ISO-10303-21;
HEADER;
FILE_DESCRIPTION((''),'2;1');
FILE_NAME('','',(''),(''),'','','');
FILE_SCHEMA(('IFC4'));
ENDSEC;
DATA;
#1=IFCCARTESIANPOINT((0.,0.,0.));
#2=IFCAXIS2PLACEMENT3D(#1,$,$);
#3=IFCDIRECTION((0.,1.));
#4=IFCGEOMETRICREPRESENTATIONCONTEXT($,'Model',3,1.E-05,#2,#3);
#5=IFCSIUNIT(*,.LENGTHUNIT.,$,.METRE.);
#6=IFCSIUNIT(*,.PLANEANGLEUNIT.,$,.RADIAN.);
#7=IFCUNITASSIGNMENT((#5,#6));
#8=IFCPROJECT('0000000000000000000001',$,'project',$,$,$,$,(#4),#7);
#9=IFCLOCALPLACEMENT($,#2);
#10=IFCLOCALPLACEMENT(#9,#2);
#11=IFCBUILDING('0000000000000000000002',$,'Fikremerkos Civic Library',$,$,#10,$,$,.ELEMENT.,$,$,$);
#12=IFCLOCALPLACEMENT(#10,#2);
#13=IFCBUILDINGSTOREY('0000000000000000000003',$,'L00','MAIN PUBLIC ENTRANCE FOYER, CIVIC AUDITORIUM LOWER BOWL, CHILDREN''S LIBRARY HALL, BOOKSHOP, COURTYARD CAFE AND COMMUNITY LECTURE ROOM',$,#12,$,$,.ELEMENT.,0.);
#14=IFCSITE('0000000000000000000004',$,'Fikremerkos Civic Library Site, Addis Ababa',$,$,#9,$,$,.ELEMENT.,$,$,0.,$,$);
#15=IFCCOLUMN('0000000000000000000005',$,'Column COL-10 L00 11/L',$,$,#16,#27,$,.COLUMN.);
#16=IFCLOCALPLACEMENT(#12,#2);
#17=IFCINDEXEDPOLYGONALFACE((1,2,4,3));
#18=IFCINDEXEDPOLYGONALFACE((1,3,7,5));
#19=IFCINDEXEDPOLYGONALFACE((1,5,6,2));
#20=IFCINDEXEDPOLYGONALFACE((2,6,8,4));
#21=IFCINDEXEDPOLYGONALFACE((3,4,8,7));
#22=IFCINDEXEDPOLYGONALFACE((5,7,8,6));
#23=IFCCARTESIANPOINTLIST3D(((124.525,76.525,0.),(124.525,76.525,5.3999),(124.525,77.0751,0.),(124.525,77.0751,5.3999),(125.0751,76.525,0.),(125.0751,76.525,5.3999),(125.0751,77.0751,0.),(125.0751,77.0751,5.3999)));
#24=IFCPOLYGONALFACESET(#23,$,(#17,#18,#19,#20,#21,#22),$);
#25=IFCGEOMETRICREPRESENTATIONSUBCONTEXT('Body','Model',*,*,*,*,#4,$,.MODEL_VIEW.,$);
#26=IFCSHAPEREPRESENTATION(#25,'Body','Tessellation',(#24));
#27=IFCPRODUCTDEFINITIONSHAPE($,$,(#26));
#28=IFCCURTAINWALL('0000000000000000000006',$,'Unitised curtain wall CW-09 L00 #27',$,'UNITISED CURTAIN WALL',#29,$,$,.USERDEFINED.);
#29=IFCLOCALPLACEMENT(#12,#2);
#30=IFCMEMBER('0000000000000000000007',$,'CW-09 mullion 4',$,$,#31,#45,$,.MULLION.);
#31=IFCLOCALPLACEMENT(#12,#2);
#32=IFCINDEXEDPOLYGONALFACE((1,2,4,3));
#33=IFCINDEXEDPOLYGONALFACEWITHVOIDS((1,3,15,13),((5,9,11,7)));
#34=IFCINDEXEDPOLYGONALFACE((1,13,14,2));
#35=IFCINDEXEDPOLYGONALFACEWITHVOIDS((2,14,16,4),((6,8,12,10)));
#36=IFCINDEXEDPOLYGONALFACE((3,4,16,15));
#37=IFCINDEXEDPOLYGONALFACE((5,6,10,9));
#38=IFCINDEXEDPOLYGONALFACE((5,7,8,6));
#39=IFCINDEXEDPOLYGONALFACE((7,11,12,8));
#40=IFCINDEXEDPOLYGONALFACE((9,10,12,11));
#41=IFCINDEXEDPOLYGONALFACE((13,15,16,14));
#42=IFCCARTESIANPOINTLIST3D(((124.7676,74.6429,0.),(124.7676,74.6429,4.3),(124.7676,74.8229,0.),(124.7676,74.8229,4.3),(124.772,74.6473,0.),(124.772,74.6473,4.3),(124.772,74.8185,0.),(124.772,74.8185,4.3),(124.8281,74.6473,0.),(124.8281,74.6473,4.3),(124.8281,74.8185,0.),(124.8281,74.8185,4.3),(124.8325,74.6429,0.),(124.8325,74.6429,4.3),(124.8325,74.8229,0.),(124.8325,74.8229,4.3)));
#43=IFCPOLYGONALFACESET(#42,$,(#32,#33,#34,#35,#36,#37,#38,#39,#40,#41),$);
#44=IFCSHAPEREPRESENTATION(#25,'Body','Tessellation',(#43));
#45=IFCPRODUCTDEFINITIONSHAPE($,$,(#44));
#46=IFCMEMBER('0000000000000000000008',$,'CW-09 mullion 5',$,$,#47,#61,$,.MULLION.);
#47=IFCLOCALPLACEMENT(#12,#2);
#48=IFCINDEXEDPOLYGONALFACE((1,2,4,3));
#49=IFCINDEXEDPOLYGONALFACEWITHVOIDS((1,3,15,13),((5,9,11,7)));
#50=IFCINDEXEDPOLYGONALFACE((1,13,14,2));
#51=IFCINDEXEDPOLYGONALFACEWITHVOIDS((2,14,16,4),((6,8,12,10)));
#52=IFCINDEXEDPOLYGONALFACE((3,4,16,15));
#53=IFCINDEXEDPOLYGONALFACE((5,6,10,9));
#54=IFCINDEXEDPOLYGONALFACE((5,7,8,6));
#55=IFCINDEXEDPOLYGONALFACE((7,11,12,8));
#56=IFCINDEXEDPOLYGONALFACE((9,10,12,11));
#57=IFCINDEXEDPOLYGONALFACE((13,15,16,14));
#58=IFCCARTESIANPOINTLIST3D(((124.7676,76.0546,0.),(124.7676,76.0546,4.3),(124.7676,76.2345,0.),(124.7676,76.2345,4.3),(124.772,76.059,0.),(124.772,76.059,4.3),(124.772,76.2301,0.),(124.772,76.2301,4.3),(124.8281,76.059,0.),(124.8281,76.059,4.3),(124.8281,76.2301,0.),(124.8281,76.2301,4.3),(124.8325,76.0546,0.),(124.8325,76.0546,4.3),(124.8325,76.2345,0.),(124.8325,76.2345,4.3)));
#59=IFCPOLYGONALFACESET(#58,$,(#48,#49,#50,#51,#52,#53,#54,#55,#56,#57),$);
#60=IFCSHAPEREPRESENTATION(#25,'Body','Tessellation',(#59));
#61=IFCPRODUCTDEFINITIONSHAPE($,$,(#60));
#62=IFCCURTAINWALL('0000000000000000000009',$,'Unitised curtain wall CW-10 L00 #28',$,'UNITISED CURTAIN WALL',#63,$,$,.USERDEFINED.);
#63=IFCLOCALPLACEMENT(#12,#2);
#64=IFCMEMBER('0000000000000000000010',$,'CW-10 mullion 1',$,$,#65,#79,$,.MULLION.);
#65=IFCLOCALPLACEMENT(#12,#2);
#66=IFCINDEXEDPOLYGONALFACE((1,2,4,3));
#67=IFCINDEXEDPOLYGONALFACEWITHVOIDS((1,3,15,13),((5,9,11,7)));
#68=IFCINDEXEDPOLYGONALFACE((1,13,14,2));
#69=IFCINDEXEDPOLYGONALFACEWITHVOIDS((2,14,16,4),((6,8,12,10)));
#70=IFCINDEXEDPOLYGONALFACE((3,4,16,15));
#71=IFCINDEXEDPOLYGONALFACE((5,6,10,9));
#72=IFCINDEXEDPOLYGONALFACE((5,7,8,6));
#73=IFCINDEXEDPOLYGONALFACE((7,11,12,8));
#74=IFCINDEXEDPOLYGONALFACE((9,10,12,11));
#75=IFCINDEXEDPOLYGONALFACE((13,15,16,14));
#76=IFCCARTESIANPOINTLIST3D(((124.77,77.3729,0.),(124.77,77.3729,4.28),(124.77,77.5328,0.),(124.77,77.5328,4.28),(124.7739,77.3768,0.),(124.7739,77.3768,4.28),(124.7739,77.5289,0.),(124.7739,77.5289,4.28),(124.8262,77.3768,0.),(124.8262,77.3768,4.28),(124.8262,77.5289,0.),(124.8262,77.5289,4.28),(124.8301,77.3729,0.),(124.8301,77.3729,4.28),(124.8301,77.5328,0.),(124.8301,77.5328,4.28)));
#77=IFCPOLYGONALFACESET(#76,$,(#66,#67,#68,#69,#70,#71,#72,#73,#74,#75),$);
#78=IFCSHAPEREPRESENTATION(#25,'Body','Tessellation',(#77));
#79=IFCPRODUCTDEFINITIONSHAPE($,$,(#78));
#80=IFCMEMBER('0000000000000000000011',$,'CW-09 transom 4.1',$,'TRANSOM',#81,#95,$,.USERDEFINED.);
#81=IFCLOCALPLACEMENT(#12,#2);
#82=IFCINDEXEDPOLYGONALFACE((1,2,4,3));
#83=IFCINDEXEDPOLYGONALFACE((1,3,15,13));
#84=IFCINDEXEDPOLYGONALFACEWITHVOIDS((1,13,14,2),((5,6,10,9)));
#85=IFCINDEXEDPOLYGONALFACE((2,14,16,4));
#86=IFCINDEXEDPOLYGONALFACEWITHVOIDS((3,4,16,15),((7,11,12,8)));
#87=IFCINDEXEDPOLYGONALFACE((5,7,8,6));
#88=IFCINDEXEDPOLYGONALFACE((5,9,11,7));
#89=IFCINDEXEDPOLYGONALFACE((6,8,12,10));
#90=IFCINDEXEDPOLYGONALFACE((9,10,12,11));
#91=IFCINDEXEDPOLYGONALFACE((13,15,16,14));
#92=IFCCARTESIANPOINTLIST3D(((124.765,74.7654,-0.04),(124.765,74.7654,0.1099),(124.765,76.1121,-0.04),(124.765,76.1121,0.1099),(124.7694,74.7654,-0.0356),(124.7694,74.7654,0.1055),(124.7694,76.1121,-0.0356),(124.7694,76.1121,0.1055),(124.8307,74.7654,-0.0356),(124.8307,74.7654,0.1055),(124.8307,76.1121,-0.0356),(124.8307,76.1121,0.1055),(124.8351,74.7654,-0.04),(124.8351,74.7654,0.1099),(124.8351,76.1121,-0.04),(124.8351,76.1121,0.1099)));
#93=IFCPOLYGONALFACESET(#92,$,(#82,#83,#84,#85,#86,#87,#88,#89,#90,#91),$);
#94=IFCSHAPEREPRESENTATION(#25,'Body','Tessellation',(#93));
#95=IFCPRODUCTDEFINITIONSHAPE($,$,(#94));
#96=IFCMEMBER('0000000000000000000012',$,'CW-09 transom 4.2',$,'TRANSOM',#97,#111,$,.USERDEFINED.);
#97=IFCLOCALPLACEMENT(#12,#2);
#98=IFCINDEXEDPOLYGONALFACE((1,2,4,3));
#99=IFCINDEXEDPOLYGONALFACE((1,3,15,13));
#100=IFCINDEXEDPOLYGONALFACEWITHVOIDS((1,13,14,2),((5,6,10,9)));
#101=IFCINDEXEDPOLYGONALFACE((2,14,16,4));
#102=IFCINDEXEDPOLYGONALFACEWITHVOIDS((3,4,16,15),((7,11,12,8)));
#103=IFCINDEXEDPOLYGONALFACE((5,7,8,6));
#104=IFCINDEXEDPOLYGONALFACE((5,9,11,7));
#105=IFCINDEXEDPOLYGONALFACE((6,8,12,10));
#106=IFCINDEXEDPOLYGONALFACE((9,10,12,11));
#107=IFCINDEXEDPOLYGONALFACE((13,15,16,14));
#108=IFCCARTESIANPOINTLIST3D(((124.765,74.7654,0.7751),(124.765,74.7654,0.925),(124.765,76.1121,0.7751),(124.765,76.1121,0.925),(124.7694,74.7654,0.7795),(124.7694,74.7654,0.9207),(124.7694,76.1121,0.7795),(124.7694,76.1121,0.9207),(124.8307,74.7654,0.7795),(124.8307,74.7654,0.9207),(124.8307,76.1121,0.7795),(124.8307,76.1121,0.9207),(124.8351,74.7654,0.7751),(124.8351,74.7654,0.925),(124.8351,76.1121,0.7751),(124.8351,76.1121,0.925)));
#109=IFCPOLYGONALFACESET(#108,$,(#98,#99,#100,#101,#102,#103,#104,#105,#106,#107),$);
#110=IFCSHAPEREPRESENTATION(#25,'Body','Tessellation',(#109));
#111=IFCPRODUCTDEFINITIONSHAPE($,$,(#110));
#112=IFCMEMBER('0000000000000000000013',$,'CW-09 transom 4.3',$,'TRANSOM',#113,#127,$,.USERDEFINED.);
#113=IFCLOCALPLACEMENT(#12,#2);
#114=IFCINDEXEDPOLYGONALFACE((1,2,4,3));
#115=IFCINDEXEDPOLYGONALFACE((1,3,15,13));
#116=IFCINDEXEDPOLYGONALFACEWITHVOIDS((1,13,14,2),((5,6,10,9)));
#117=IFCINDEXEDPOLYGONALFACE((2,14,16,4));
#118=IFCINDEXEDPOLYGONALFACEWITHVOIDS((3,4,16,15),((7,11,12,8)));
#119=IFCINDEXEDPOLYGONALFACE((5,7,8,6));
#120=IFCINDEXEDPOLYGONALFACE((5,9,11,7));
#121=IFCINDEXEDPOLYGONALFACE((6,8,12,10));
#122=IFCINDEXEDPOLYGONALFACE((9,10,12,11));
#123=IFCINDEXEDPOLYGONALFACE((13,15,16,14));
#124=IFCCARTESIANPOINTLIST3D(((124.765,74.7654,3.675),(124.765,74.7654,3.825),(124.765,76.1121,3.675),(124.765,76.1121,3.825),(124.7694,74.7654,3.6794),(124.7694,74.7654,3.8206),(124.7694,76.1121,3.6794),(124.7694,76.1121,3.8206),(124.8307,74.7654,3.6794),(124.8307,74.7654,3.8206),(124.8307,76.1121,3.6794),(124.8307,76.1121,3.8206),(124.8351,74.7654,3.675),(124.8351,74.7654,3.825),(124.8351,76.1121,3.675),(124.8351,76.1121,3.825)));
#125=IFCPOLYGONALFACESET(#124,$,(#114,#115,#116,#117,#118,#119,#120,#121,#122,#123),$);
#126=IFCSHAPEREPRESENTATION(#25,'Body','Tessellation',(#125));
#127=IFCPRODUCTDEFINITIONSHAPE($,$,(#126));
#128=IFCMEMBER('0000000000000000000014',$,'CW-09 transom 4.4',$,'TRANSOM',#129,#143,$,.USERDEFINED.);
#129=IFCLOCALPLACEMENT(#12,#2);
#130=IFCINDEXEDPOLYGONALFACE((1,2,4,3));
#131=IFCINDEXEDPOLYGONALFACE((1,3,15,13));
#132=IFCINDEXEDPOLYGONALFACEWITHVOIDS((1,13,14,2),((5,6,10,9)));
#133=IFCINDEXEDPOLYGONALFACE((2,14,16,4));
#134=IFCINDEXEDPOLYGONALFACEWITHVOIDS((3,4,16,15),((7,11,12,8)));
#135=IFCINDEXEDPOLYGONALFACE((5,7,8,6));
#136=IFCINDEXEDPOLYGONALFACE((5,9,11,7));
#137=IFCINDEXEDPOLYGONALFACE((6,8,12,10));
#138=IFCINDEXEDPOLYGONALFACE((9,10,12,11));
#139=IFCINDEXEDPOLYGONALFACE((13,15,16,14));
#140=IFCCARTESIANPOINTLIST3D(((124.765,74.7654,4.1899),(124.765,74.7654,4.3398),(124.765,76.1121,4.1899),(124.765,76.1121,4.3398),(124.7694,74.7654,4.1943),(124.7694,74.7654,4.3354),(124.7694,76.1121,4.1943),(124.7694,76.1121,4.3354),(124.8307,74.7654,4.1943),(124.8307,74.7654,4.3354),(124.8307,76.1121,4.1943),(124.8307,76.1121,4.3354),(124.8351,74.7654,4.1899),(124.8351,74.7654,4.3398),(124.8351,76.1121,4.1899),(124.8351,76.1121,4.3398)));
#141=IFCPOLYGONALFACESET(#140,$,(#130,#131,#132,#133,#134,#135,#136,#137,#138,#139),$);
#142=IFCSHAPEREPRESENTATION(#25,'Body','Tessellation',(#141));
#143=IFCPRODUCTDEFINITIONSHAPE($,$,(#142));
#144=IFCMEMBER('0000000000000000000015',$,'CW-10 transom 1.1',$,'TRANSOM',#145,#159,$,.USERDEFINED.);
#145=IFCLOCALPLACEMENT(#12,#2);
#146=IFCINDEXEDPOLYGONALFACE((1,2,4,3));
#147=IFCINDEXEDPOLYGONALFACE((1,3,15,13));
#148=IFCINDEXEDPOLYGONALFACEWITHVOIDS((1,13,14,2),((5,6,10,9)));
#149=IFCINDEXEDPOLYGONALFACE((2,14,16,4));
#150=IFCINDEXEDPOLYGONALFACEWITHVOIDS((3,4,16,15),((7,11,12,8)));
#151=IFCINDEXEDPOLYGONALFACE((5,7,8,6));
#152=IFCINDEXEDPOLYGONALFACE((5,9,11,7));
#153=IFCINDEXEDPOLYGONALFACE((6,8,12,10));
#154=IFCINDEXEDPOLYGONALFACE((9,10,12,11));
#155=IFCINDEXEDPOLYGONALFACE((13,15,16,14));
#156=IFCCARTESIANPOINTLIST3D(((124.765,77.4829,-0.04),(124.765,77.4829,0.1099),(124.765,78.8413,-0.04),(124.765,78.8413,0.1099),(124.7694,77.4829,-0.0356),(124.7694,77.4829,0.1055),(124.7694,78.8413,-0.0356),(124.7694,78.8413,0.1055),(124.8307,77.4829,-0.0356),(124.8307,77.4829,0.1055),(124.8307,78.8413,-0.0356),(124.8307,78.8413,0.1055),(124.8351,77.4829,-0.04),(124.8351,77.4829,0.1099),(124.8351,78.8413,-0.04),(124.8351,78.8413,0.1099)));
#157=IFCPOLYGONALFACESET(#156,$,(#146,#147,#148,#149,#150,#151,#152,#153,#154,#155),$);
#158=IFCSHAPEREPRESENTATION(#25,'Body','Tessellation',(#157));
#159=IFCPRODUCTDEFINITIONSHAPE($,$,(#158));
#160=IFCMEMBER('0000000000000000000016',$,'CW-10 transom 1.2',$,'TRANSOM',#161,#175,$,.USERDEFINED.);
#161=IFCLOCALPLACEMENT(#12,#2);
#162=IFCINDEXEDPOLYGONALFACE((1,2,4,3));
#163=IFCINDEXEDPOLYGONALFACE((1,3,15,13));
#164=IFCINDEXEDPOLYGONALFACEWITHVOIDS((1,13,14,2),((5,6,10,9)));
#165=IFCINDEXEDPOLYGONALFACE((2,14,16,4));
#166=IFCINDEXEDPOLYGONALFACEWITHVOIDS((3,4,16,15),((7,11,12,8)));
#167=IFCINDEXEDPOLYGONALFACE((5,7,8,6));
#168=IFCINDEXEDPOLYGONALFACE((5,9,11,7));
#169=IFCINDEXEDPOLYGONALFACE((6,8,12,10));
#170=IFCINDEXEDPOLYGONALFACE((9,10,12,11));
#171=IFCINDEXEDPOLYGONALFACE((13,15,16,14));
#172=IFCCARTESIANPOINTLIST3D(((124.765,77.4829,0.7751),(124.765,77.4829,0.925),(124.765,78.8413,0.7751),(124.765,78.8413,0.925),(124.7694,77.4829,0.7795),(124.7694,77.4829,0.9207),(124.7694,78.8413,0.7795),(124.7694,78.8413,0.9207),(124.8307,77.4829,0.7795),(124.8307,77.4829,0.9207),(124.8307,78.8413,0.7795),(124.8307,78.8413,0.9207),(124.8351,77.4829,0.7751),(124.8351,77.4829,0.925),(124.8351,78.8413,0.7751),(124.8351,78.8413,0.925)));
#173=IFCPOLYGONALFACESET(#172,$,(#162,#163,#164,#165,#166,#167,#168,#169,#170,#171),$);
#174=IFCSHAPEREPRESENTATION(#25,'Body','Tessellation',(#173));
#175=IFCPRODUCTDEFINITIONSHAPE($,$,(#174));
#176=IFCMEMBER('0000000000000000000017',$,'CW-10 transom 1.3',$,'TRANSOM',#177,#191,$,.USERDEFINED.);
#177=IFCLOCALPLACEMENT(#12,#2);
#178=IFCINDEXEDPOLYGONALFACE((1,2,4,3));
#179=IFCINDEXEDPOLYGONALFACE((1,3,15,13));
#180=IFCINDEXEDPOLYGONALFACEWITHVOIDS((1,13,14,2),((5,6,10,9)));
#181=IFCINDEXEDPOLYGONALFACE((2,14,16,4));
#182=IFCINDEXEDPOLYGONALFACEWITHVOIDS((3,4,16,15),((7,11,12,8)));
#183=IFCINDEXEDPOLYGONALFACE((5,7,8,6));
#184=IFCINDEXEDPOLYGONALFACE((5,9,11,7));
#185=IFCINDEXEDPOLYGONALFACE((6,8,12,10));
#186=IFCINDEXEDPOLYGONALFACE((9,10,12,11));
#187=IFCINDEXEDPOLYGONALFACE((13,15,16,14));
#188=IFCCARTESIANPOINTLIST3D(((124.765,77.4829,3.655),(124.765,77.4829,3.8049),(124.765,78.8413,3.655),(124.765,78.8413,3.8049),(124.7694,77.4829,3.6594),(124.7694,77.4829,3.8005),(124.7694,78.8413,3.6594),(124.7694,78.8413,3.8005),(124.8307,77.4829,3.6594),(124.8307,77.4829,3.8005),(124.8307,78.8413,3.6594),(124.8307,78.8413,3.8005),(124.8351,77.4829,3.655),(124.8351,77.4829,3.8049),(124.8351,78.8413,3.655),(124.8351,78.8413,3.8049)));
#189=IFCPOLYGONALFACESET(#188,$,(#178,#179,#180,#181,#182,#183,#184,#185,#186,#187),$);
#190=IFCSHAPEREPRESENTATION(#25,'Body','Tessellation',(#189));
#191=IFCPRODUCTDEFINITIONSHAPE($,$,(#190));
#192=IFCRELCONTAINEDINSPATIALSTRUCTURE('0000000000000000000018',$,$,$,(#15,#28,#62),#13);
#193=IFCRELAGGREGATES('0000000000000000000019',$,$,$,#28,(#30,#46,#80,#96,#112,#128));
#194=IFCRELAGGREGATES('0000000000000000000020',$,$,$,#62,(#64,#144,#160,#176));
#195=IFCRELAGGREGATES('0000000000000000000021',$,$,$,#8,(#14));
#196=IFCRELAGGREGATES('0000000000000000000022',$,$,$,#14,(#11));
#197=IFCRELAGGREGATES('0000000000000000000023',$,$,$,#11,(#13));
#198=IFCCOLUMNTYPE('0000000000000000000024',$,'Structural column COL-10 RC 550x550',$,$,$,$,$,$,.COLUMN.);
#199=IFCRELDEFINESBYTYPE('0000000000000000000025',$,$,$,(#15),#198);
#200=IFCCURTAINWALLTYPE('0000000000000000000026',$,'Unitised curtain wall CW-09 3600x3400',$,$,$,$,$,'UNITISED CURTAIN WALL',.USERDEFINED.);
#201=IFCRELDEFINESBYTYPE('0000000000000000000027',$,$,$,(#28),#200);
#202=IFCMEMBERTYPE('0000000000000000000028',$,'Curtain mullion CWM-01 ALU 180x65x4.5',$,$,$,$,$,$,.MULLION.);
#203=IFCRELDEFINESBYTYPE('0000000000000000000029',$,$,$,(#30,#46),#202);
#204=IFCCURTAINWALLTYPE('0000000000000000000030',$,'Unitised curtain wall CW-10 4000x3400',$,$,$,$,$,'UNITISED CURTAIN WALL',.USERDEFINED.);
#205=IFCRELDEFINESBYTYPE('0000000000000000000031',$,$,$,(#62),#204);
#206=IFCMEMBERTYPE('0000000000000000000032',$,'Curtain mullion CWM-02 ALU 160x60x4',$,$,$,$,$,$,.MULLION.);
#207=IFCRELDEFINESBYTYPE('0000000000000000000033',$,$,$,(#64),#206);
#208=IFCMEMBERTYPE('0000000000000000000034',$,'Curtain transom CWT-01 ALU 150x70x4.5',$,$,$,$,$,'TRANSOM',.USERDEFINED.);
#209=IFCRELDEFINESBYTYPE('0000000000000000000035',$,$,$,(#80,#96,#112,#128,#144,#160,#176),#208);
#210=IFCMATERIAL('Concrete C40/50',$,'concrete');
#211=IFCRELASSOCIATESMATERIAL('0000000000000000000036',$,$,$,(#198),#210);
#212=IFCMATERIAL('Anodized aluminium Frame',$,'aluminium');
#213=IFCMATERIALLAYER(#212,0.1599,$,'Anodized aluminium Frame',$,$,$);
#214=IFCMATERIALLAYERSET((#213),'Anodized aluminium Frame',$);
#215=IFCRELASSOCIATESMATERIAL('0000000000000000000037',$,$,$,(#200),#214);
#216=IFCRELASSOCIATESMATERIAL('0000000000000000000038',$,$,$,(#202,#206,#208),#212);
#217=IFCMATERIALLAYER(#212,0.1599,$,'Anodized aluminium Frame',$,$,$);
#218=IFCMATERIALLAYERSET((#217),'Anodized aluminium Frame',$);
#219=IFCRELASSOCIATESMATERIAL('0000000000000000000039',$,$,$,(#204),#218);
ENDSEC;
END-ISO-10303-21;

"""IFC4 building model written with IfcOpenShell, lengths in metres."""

from ifc_helpers import new_model, si_unit, direction, frame, origin, origin_2d, place, context, subcontext, project, spatial, rectangle, hollow_rectangle, extrude, material, layer, layer_set, material_profile, profile_set, type_object, element, aggregate, save


model = new_model("IFC4")

# Units and contexts
model_context = context("Model", 3, precision=1e-05, world=origin(), true_north=direction((0.0, 1.0)))
body_context = subcontext(model_context, "Body", "Model", "MODEL_VIEW")
ifc_project = project(units=[si_unit("LENGTHUNIT", "METRE"), si_unit("PLANEANGLEUNIT", "RADIAN")], contexts=[model_context])

# Site, building, storey
site_placement = place(None, origin())
site = spatial("IfcSite", under=ifc_project, at=site_placement, Name="Fikremerkos Civic Library Site, Addis Ababa", CompositionType="ELEMENT", RefElevation=0.0)
building_placement = place(site_placement, origin())
building = spatial("IfcBuilding", under=site, at=building_placement, Name="Fikremerkos Civic Library", CompositionType="ELEMENT")
storey_placement = place(building_placement, origin())
storey = spatial("IfcBuildingStorey", under=building, at=storey_placement, Name="L00", Description="MAIN PUBLIC ENTRANCE FOYER, CIVIC AUDITORIUM LOWER BOWL, CHILDREN'S LIBRARY HALL, BOOKSHOP, COURTYARD CAFE AND COMMUNITY LECTURE ROOM", CompositionType="ELEMENT", Elevation=0.0)

# Column
ifc_material_1 = material(Name="Concrete C40/50", Category="concrete")
ifc_material_profile_1 = material_profile(ifc_material_1, rectangle(XDim=0.55, YDim=0.55, at=origin_2d()), Name="RC 550x550")
ifc_profile_set_1 = profile_set([ifc_material_profile_1], Name="Concrete C40/50")
column_type = type_object("IfcColumnType", Name="Structural column COL-10 RC 550x550", PredefinedType="COLUMN", material=ifc_profile_set_1)
column_placement = place(storey_placement, frame((124.8, 76.8, 0.0), z_axis=(0.0, 0.0, 1.0), x_axis=(1.0, 0.0, 0.0)))
element("IfcColumn", 1, at=column_placement, inside=storey, type_object=column_type, Name="Column COL-10 L00 11/L", PredefinedType="COLUMN", context=body_context, shape_type="SweptSolid", body=[
    extrude(rectangle(XDim=0.55, YDim=0.55, at=origin_2d()), origin(), (0.0, 0.0, 1.0), 5.3999),
])

# Curtain wall, members
ifc_material_2 = material(Name="Anodized aluminium Frame", Category="aluminium")
ifc_layer_1 = layer(ifc_material_2, 0.1599, Name="Anodized aluminium Frame")
ifc_layer_set_1 = layer_set([ifc_layer_1], Name="Anodized aluminium Frame")
curtain_wall_type_1 = type_object("IfcCurtainWallType", Name="Unitised curtain wall CW-09 3600x3400", ElementType="UNITISED CURTAIN WALL", PredefinedType="USERDEFINED", material=ifc_layer_set_1)
curtain_wall_1_placement = place(storey_placement, origin())
curtain_wall_1 = element("IfcCurtainWall", 2, at=curtain_wall_1_placement, inside=storey, type_object=curtain_wall_type_1, Name="Unitised curtain wall CW-09 L00 #27", ObjectType="UNITISED CURTAIN WALL", PredefinedType="USERDEFINED")
ifc_material_profile_2 = material_profile(ifc_material_2, hollow_rectangle(XDim=0.0649, YDim=0.1799, WallThickness=0.0044, at=origin_2d()), Name="ALU 180x65x4.5")
ifc_profile_set_2 = profile_set([ifc_material_profile_2], Name="Anodized aluminium Frame")
member_type_1 = type_object("IfcMemberType", Name="Curtain mullion CWM-01 ALU 180x65x4.5", PredefinedType="MULLION", material=ifc_profile_set_2)
member_1_placement = place(storey_placement, frame((124.8, 74.7329, 0.0), z_axis=(0.0, 0.0, 1.0), x_axis=(-1.0, 0.0, 0.0)))
member_1 = element("IfcMember", 3, at=member_1_placement, type_object=member_type_1, Name="CW-09 mullion 4", PredefinedType="MULLION", context=body_context, shape_type="SweptSolid", body=[
    extrude(hollow_rectangle(XDim=0.0649, YDim=0.1799, WallThickness=0.0044, at=origin_2d()), origin(), (0.0, 0.0, 1.0), 4.3),
])
member_2_placement = place(storey_placement, frame((124.8, 76.1445, 0.0), z_axis=(0.0, 0.0, 1.0), x_axis=(-1.0, 0.0, 0.0)))
member_2 = element("IfcMember", 4, at=member_2_placement, type_object=member_type_1, Name="CW-09 mullion 5", PredefinedType="MULLION", context=body_context, shape_type="SweptSolid", body=[
    extrude(hollow_rectangle(XDim=0.0649, YDim=0.1799, WallThickness=0.0044, at=origin_2d()), origin(), (0.0, 0.0, 1.0), 4.3),
])

# Curtain wall, member
ifc_layer_2 = layer(ifc_material_2, 0.1599, Name="Anodized aluminium Frame")
ifc_layer_set_2 = layer_set([ifc_layer_2], Name="Anodized aluminium Frame")
curtain_wall_type_2 = type_object("IfcCurtainWallType", Name="Unitised curtain wall CW-10 4000x3400", ElementType="UNITISED CURTAIN WALL", PredefinedType="USERDEFINED", material=ifc_layer_set_2)
curtain_wall_2_placement = place(storey_placement, origin())
curtain_wall_2 = element("IfcCurtainWall", 5, at=curtain_wall_2_placement, inside=storey, type_object=curtain_wall_type_2, Name="Unitised curtain wall CW-10 L00 #28", ObjectType="UNITISED CURTAIN WALL", PredefinedType="USERDEFINED")
ifc_material_profile_3 = material_profile(ifc_material_2, hollow_rectangle(XDim=0.0601, YDim=0.1599, WallThickness=0.0039, at=origin_2d()), Name="ALU 160x60x4")
ifc_profile_set_3 = profile_set([ifc_material_profile_3], Name="Anodized aluminium Frame")
member_type_2 = type_object("IfcMemberType", Name="Curtain mullion CWM-02 ALU 160x60x4", PredefinedType="MULLION", material=ifc_profile_set_3)
member_3_placement = place(storey_placement, frame((124.8, 77.4529, 0.0), z_axis=(0.0, 0.0, 1.0), x_axis=(-1.0, 0.0, 0.0)))
member_3 = element("IfcMember", 6, at=member_3_placement, type_object=member_type_2, Name="CW-10 mullion 1", PredefinedType="MULLION", context=body_context, shape_type="SweptSolid", body=[
    extrude(hollow_rectangle(XDim=0.0601, YDim=0.1599, WallThickness=0.0039, at=origin_2d()), origin(), (0.0, 0.0, 1.0), 4.28),
])

# Members
ifc_material_profile_4 = material_profile(ifc_material_2, hollow_rectangle(XDim=0.0701, YDim=0.1499, WallThickness=0.0044, at=origin_2d()), Name="ALU 150x70x4.5")
ifc_profile_set_4 = profile_set([ifc_material_profile_4], Name="Anodized aluminium Frame")
member_type_3 = type_object("IfcMemberType", Name="Curtain transom CWT-01 ALU 150x70x4.5", ElementType="TRANSOM", PredefinedType="USERDEFINED", material=ifc_profile_set_4)
member_4_placement = place(storey_placement, frame((124.8, 74.7654, 0.0349), z_axis=(0.0, 1.0, 0.0), x_axis=(-1.0, 0.0, 0.0)))
member_4 = element("IfcMember", 7, at=member_4_placement, type_object=member_type_3, Name="CW-09 transom 4.1", ObjectType="TRANSOM", PredefinedType="USERDEFINED", context=body_context, shape_type="SweptSolid", body=[
    extrude(hollow_rectangle(XDim=0.0701, YDim=0.1499, WallThickness=0.0044, at=origin_2d()), origin(), (0.0, 0.0, 1.0), 1.3467),
])
member_5_placement = place(storey_placement, frame((124.8, 74.7654, 0.8501), z_axis=(0.0, 1.0, 0.0), x_axis=(-1.0, 0.0, 0.0)))
member_5 = element("IfcMember", 8, at=member_5_placement, type_object=member_type_3, Name="CW-09 transom 4.2", ObjectType="TRANSOM", PredefinedType="USERDEFINED", context=body_context, shape_type="SweptSolid", body=[
    extrude(hollow_rectangle(XDim=0.0701, YDim=0.1499, WallThickness=0.0044, at=origin_2d()), origin(), (0.0, 0.0, 1.0), 1.3467),
])
member_6_placement = place(storey_placement, frame((124.8, 74.7654, 3.75), z_axis=(0.0, 1.0, 0.0), x_axis=(-1.0, 0.0, 0.0)))
member_6 = element("IfcMember", 9, at=member_6_placement, type_object=member_type_3, Name="CW-09 transom 4.3", ObjectType="TRANSOM", PredefinedType="USERDEFINED", context=body_context, shape_type="SweptSolid", body=[
    extrude(hollow_rectangle(XDim=0.0701, YDim=0.1499, WallThickness=0.0044, at=origin_2d()), origin(), (0.0, 0.0, 1.0), 1.3467),
])
member_7_placement = place(storey_placement, frame((124.8, 74.7654, 4.2649), z_axis=(0.0, 1.0, 0.0), x_axis=(-1.0, 0.0, 0.0)))
member_7 = element("IfcMember", 10, at=member_7_placement, type_object=member_type_3, Name="CW-09 transom 4.4", ObjectType="TRANSOM", PredefinedType="USERDEFINED", context=body_context, shape_type="SweptSolid", body=[
    extrude(hollow_rectangle(XDim=0.0701, YDim=0.1499, WallThickness=0.0044, at=origin_2d()), origin(), (0.0, 0.0, 1.0), 1.3467),
])
member_8_placement = place(storey_placement, frame((124.8, 77.4829, 0.0349), z_axis=(0.0, 1.0, 0.0), x_axis=(-1.0, 0.0, 0.0)))
member_8 = element("IfcMember", 11, at=member_8_placement, type_object=member_type_3, Name="CW-10 transom 1.1", ObjectType="TRANSOM", PredefinedType="USERDEFINED", context=body_context, shape_type="SweptSolid", body=[
    extrude(hollow_rectangle(XDim=0.0701, YDim=0.1499, WallThickness=0.0044, at=origin_2d()), origin(), (0.0, 0.0, 1.0), 1.3584),
])
member_9_placement = place(storey_placement, frame((124.8, 77.4829, 0.8501), z_axis=(0.0, 1.0, 0.0), x_axis=(-1.0, 0.0, 0.0)))
member_9 = element("IfcMember", 12, at=member_9_placement, type_object=member_type_3, Name="CW-10 transom 1.2", ObjectType="TRANSOM", PredefinedType="USERDEFINED", context=body_context, shape_type="SweptSolid", body=[
    extrude(hollow_rectangle(XDim=0.0701, YDim=0.1499, WallThickness=0.0044, at=origin_2d()), origin(), (0.0, 0.0, 1.0), 1.3584),
])
member_10_placement = place(storey_placement, frame((124.8, 77.4829, 3.73), z_axis=(0.0, 1.0, 0.0), x_axis=(-1.0, 0.0, 0.0)))
member_10 = element("IfcMember", 13, at=member_10_placement, type_object=member_type_3, Name="CW-10 transom 1.3", ObjectType="TRANSOM", PredefinedType="USERDEFINED", context=body_context, shape_type="SweptSolid", body=[
    extrude(hollow_rectangle(XDim=0.0701, YDim=0.1499, WallThickness=0.0044, at=origin_2d()), origin(), (0.0, 0.0, 1.0), 1.3584),
])

aggregate(curtain_wall_1, [member_1, member_2, member_4, member_5, member_6, member_7])
aggregate(curtain_wall_2, [member_3, member_8, member_9, member_10])

save(model, "model.ifc")
